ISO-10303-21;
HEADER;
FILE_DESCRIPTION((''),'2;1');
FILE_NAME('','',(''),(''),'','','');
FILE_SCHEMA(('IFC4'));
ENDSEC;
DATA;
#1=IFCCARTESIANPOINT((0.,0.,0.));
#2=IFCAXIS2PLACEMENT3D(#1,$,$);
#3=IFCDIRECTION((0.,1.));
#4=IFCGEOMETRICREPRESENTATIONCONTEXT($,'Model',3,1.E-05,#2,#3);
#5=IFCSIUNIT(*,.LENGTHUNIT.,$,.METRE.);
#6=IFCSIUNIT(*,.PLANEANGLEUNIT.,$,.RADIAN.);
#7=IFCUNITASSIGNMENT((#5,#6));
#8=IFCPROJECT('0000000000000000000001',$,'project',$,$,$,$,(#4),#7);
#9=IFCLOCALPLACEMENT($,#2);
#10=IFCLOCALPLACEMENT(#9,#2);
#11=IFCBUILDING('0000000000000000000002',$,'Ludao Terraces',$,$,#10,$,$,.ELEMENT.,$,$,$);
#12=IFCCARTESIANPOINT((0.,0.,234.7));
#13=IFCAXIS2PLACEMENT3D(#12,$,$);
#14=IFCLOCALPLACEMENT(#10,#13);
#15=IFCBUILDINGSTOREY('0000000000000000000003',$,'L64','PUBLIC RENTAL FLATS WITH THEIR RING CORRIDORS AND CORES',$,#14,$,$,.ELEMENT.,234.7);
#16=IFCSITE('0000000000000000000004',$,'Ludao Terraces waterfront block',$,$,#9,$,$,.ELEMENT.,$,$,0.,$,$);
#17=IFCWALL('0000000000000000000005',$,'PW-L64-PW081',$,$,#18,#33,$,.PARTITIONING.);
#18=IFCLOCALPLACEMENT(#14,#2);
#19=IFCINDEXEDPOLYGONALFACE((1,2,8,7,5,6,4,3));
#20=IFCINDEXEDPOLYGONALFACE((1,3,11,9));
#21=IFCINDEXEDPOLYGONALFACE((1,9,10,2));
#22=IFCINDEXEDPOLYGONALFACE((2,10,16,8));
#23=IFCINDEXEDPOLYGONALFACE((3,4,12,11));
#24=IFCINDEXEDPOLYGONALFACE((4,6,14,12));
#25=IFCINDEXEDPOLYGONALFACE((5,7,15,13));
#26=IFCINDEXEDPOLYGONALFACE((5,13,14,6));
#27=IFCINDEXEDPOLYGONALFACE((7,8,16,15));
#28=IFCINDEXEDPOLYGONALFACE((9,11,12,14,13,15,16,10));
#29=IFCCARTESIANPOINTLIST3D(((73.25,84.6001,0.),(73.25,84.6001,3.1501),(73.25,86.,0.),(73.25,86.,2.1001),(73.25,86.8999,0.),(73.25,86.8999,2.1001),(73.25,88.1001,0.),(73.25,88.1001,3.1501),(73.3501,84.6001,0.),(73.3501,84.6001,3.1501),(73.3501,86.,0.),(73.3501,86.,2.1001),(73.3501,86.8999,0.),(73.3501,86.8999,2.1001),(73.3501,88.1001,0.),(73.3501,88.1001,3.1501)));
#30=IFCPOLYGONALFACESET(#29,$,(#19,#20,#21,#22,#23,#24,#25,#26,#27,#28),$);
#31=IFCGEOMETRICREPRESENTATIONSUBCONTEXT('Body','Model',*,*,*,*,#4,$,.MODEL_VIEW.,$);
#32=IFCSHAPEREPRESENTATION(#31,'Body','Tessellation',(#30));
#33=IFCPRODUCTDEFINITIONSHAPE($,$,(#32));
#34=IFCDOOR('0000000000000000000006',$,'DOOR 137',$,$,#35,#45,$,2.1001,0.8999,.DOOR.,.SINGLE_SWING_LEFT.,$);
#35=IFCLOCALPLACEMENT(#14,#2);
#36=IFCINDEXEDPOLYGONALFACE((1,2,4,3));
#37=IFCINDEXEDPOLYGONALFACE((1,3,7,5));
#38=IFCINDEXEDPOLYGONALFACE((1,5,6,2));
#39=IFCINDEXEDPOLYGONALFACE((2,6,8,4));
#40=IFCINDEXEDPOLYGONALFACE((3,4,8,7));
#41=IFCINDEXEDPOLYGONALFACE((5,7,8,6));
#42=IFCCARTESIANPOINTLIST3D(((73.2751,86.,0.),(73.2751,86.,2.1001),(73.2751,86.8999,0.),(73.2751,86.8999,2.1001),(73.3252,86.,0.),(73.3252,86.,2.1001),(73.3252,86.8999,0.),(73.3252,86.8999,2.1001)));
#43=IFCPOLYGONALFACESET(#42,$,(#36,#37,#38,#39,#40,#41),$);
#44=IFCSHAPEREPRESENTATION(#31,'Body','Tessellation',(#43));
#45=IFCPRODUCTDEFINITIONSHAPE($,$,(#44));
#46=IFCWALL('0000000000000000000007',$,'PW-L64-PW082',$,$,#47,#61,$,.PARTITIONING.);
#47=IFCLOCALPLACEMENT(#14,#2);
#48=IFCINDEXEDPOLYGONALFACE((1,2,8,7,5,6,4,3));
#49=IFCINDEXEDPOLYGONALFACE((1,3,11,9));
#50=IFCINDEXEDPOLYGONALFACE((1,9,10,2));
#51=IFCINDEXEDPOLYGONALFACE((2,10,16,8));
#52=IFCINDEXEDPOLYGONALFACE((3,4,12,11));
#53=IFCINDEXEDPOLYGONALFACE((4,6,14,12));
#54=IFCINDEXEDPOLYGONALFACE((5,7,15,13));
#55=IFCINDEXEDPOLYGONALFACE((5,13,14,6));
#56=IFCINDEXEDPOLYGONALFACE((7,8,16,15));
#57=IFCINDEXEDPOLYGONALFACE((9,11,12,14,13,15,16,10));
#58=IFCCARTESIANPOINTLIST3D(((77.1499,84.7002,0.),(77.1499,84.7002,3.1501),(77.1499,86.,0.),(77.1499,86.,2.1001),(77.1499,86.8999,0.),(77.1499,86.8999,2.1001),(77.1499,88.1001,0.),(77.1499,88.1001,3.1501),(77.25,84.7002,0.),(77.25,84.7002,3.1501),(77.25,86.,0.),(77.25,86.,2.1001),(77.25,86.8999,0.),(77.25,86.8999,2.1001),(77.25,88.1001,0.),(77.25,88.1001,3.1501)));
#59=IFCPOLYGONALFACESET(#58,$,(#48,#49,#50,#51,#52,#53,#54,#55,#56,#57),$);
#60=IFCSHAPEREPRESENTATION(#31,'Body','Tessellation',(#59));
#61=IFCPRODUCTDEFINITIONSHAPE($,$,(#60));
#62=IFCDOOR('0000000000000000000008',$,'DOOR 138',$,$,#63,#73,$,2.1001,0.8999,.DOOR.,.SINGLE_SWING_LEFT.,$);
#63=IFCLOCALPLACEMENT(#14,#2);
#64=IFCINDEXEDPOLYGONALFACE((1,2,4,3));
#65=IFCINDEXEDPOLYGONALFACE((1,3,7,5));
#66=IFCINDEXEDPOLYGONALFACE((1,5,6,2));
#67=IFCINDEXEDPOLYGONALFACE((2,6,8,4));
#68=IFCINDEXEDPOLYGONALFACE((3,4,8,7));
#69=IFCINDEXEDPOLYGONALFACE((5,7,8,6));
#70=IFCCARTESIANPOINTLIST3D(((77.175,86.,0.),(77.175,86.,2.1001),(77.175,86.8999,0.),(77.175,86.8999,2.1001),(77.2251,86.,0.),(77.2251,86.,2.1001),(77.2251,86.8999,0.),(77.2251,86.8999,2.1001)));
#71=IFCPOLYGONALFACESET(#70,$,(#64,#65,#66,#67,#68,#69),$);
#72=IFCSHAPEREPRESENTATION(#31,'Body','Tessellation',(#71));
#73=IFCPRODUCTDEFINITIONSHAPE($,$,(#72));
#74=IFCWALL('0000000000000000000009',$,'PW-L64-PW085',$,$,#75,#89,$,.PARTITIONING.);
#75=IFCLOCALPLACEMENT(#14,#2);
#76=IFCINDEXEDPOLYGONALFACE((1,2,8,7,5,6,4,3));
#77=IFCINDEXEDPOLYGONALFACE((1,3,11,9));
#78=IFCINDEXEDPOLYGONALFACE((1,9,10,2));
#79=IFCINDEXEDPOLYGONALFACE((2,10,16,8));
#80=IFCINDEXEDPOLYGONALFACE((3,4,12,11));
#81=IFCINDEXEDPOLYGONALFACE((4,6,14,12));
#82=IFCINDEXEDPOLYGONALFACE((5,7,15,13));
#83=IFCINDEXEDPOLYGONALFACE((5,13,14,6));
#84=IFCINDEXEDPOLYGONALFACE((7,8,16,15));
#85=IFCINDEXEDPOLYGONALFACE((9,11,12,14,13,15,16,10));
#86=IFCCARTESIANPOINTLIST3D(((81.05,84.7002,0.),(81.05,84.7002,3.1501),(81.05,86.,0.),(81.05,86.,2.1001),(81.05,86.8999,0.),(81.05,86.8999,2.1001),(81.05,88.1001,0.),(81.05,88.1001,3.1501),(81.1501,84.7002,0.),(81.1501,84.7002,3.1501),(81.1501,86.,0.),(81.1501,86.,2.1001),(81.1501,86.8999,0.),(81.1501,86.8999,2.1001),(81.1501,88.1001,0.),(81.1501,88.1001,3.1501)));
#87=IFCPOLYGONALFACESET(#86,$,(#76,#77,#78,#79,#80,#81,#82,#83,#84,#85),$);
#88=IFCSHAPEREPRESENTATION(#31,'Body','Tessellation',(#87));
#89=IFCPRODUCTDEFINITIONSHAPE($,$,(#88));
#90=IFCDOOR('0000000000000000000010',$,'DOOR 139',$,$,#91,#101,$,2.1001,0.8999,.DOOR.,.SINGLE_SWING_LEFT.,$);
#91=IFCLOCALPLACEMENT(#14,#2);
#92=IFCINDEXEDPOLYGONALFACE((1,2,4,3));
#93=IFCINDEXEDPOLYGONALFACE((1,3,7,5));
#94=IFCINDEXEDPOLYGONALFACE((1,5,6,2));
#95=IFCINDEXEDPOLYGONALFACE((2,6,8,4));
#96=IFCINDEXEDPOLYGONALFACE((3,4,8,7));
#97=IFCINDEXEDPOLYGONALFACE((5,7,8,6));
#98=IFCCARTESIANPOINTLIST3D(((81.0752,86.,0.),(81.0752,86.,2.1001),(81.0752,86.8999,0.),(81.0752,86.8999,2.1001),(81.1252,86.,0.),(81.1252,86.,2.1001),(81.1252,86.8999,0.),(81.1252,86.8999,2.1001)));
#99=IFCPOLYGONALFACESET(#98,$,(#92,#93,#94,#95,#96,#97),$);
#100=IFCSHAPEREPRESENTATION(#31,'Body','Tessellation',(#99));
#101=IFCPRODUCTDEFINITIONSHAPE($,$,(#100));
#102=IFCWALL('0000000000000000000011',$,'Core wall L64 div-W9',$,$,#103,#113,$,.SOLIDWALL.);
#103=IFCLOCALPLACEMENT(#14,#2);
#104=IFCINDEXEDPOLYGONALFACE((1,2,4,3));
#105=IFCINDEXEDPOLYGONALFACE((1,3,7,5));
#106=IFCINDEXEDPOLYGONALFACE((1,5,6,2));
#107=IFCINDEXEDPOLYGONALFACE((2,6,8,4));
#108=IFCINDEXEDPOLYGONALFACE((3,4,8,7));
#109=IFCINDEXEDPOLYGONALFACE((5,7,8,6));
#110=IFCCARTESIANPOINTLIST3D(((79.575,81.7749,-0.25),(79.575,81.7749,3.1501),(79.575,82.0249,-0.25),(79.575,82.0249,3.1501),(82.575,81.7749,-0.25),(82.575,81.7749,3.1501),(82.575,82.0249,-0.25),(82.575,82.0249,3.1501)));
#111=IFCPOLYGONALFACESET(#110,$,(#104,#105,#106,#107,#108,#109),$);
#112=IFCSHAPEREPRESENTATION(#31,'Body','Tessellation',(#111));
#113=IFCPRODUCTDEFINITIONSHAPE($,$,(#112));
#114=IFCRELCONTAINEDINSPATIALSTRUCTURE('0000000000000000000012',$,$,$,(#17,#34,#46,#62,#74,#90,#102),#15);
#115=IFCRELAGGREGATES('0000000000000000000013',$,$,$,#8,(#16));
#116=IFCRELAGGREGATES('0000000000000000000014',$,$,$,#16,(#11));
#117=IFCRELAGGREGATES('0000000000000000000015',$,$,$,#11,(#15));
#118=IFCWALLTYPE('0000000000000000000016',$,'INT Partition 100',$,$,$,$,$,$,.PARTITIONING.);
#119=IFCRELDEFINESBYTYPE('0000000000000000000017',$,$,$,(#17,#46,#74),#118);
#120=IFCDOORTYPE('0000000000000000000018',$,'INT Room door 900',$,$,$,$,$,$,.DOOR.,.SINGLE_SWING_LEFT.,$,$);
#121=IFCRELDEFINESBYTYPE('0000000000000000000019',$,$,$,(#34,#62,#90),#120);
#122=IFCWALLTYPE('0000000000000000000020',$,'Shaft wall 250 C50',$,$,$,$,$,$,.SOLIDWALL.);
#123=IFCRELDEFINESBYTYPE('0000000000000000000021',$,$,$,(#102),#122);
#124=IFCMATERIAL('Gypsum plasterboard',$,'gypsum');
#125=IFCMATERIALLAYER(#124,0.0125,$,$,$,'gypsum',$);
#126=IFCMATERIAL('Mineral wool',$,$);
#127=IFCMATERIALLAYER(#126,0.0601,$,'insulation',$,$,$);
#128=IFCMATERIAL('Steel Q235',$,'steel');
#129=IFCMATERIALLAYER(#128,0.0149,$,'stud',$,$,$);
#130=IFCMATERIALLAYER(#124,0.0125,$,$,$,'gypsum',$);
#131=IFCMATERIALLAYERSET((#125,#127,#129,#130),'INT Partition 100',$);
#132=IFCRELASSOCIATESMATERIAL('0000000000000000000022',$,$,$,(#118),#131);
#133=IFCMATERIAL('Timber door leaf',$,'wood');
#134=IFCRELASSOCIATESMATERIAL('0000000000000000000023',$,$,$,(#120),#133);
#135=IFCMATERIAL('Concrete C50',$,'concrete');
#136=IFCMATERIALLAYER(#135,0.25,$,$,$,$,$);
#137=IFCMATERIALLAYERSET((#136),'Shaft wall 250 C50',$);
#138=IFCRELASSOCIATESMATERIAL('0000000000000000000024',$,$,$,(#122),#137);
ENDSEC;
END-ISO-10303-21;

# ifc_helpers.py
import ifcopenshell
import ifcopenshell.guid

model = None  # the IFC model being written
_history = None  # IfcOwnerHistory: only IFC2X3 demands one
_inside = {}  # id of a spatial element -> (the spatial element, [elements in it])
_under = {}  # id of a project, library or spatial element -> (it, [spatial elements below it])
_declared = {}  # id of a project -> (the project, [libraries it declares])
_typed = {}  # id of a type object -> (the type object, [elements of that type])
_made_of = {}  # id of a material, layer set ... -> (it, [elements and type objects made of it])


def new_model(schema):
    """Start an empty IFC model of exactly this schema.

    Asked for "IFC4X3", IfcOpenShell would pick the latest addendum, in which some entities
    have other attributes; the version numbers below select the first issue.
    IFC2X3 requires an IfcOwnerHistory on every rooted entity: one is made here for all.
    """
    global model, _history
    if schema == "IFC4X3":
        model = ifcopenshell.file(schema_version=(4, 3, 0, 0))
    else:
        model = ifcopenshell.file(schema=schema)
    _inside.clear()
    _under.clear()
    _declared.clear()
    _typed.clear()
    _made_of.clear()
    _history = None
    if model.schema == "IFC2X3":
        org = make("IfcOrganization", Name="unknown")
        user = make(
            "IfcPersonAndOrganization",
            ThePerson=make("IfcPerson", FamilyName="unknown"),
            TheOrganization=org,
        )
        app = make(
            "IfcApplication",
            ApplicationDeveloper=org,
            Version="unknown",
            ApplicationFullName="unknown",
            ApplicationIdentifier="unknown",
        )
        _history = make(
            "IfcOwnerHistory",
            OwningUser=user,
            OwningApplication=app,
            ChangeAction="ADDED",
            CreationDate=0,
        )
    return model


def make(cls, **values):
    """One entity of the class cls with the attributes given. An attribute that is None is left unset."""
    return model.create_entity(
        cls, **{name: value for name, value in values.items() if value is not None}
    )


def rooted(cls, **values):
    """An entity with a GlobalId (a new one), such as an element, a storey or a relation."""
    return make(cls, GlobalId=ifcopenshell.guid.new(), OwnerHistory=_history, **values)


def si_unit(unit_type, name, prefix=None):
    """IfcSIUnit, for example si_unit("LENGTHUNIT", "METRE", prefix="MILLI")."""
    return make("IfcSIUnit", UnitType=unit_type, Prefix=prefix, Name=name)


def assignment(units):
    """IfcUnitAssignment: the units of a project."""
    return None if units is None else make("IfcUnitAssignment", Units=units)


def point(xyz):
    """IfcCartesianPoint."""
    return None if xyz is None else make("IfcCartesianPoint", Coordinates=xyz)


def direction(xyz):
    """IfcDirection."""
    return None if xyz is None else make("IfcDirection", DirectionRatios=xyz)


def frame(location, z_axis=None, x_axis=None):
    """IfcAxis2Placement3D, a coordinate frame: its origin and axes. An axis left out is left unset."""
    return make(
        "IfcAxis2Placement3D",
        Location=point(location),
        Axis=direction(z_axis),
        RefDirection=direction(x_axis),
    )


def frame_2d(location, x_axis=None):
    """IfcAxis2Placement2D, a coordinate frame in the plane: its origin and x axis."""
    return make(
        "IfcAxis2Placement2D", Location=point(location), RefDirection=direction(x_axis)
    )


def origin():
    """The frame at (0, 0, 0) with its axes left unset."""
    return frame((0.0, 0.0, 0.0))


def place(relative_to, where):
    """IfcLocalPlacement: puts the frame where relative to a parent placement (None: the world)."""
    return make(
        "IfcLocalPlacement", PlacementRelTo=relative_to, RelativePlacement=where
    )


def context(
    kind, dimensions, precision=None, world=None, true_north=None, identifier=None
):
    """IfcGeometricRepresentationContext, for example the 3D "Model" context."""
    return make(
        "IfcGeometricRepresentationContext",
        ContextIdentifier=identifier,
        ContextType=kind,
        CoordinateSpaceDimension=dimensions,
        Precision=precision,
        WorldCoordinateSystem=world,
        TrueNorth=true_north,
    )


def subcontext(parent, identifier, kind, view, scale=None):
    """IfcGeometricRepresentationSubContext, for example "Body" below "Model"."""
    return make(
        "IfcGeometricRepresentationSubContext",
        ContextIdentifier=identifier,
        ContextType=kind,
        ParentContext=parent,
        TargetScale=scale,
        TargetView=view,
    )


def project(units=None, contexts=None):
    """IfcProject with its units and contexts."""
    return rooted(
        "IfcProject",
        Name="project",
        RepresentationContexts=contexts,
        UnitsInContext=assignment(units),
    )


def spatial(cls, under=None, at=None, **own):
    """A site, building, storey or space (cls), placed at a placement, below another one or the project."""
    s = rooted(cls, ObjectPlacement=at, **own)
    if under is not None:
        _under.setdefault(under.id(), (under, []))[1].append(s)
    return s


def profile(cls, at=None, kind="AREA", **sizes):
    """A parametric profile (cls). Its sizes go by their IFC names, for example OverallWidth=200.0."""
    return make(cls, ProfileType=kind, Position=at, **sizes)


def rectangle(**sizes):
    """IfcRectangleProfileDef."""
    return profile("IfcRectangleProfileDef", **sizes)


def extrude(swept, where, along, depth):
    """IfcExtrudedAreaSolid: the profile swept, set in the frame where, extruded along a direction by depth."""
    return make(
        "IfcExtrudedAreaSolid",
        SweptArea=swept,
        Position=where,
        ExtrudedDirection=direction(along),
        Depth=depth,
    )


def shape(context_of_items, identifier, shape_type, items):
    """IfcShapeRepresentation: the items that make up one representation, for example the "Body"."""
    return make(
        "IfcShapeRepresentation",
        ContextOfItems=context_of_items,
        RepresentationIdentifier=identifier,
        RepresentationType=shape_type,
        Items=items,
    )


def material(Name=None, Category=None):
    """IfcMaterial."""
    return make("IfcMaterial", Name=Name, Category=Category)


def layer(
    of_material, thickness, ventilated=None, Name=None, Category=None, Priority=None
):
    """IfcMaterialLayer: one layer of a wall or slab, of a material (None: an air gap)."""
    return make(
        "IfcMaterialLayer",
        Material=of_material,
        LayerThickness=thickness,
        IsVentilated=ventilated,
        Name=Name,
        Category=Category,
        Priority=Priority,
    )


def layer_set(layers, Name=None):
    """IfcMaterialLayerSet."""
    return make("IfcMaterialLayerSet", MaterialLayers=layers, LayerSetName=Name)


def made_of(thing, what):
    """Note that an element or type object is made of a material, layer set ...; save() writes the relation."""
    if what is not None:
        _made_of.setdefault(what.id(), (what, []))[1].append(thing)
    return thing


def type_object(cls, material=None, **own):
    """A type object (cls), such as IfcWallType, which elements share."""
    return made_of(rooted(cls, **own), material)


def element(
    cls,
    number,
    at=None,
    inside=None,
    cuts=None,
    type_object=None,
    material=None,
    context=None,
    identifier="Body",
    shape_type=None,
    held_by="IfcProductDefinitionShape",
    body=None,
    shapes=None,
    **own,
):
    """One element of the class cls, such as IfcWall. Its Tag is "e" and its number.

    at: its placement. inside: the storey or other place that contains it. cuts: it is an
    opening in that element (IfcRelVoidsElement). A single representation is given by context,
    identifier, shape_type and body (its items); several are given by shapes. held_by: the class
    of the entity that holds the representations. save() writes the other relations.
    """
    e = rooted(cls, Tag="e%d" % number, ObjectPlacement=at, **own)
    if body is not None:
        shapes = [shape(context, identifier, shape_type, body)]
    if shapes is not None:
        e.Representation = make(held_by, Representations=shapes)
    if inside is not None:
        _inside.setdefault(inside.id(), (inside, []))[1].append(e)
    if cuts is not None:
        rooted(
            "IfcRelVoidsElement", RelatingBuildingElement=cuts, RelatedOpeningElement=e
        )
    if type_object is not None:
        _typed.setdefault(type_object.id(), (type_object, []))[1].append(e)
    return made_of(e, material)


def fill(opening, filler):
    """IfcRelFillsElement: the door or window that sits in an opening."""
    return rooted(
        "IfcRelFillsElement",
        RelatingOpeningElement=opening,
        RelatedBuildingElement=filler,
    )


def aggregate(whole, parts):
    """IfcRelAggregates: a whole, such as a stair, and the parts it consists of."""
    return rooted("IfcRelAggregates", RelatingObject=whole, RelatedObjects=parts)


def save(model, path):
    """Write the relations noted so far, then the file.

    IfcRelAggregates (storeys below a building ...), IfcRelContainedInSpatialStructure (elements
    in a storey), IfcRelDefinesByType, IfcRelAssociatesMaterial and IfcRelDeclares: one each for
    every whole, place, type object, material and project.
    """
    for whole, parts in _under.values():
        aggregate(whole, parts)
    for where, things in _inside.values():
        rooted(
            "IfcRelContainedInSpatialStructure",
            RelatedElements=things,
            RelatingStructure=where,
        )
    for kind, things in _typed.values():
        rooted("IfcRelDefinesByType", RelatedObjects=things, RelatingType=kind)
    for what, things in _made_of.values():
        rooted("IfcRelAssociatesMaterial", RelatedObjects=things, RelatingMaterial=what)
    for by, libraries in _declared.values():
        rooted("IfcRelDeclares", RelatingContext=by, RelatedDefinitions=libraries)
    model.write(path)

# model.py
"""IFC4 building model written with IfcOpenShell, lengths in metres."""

from ifc_helpers import new_model, si_unit, direction, frame, frame_2d, origin, place, context, subcontext, project, spatial, rectangle, extrude, material, layer, layer_set, type_object, element, fill, save


model = new_model("IFC4")

# Units and contexts
model_context = context("Model", 3, precision=1e-05, world=origin(), true_north=direction((0.0, 1.0)))
body_context = subcontext(model_context, "Body", "Model", "MODEL_VIEW")
ifc_project = project(units=[si_unit("LENGTHUNIT", "METRE"), si_unit("PLANEANGLEUNIT", "RADIAN")], contexts=[model_context])

# Site, building, storey
site_placement = place(None, origin())
site = spatial("IfcSite", under=ifc_project, at=site_placement, Name="Ludao Terraces waterfront block", CompositionType="ELEMENT", RefElevation=0.0)
building_placement = place(site_placement, origin())
building = spatial("IfcBuilding", under=site, at=building_placement, Name="Ludao Terraces", CompositionType="ELEMENT")
storey_placement = place(building_placement, frame((0.0, 0.0, 234.7)))
storey = spatial("IfcBuildingStorey", under=building, at=storey_placement, Name="L64", Description="PUBLIC RENTAL FLATS WITH THEIR RING CORRIDORS AND CORES", CompositionType="ELEMENT", Elevation=234.7)

# Shared definitions
ifc_material_1 = material(Name="Concrete C50", Category="concrete")

# Shared definitions
ifc_material_2 = material(Name="Mineral wool")

# Walls, openings, doors
ifc_material_3 = material(Name="Gypsum plasterboard", Category="gypsum")
ifc_layer_1 = layer(ifc_material_3, 0.0125, Category="gypsum")
ifc_layer_2 = layer(ifc_material_2, 0.0601, Name="insulation")
ifc_material_4 = material(Name="Steel Q235", Category="steel")
ifc_layer_3 = layer(ifc_material_4, 0.0149, Name="stud")
ifc_layer_4 = layer(ifc_material_3, 0.0125, Category="gypsum")
ifc_layer_set_1 = layer_set([ifc_layer_1, ifc_layer_2, ifc_layer_3, ifc_layer_4], Name="INT Partition 100")
wall_type_1 = type_object("IfcWallType", Name="INT Partition 100", PredefinedType="PARTITIONING", material=ifc_layer_set_1)
wall_1_placement = place(storey_placement, frame((73.3, 84.6001, 0.0), z_axis=(0.0, 0.0, 1.0), x_axis=(0.0, 1.0, 0.0)))
wall_1 = element("IfcWall", 1, at=wall_1_placement, inside=storey, type_object=wall_type_1, Name="PW-L64-PW081", PredefinedType="PARTITIONING", context=body_context, shape_type="SweptSolid", body=[
    extrude(rectangle(XDim=3.5, YDim=0.1001, at=frame_2d((1.75, 0.0))), origin(), (0.0, 0.0, 1.0), 3.1501),
])
opening_1_placement = place(wall_1_placement, frame((1.3999, 0.0, 0.0)))
opening_1 = element("IfcOpeningElement", 2, at=opening_1_placement, cuts=wall_1, PredefinedType="OPENING", context=body_context, shape_type="SweptSolid", body=[
    extrude(rectangle(XDim=0.8999, YDim=2.1001, at=frame_2d((0.45, 1.05))), frame((0.0, 0.0601, 0.0), z_axis=(0.0, -1.0, 0.0), x_axis=(1.0, 0.0, 0.0)), (0.0, 0.0, 1.0), 0.1201),
])
ifc_material_5 = material(Name="Timber door leaf", Category="wood")
door_type = type_object("IfcDoorType", Name="INT Room door 900", OperationType="SINGLE_SWING_LEFT", PredefinedType="DOOR", material=ifc_material_5)
door_1_placement = place(opening_1_placement, origin())
door_1 = element("IfcDoor", 3, at=door_1_placement, inside=storey, type_object=door_type, Name="DOOR 137", OperationType="SINGLE_SWING_LEFT", OverallHeight=2.1001, OverallWidth=0.8999, PredefinedType="DOOR", context=body_context, shape_type="SweptSolid", body=[
    extrude(rectangle(XDim=0.8999, YDim=2.1001, at=frame_2d((0.45, 1.05))), frame((0.0, 0.0249, 0.0), z_axis=(0.0, -1.0, 0.0), x_axis=(1.0, 0.0, 0.0)), (0.0, 0.0, 1.0), 0.05),
])
fill(opening_1, door_1)
wall_2_placement = place(storey_placement, frame((77.2, 84.7002, 0.0), z_axis=(0.0, 0.0, 1.0), x_axis=(0.0, 1.0, 0.0)))
wall_2 = element("IfcWall", 4, at=wall_2_placement, inside=storey, type_object=wall_type_1, Name="PW-L64-PW082", PredefinedType="PARTITIONING", context=body_context, shape_type="SweptSolid", body=[
    extrude(rectangle(XDim=3.3999, YDim=0.1001, at=frame_2d((1.7, 0.0))), origin(), (0.0, 0.0, 1.0), 3.1501),
])
opening_2_placement = place(wall_2_placement, frame((1.2998, 0.0, 0.0)))
opening_2 = element("IfcOpeningElement", 5, at=opening_2_placement, cuts=wall_2, PredefinedType="OPENING", context=body_context, shape_type="SweptSolid", body=[
    extrude(rectangle(XDim=0.8999, YDim=2.1001, at=frame_2d((0.45, 1.05))), frame((0.0, 0.0601, 0.0), z_axis=(0.0, -1.0, 0.0), x_axis=(1.0, 0.0, 0.0)), (0.0, 0.0, 1.0), 0.1201),
])
door_2_placement = place(opening_2_placement, origin())
door_2 = element("IfcDoor", 6, at=door_2_placement, inside=storey, type_object=door_type, Name="DOOR 138", OperationType="SINGLE_SWING_LEFT", OverallHeight=2.1001, OverallWidth=0.8999, PredefinedType="DOOR", context=body_context, shape_type="SweptSolid", body=[
    extrude(rectangle(XDim=0.8999, YDim=2.1001, at=frame_2d((0.45, 1.05))), frame((0.0, 0.0249, 0.0), z_axis=(0.0, -1.0, 0.0), x_axis=(1.0, 0.0, 0.0)), (0.0, 0.0, 1.0), 0.05),
])
fill(opening_2, door_2)
wall_3_placement = place(storey_placement, frame((81.1001, 84.7002, 0.0), z_axis=(0.0, 0.0, 1.0), x_axis=(0.0, 1.0, 0.0)))
wall_3 = element("IfcWall", 7, at=wall_3_placement, inside=storey, type_object=wall_type_1, Name="PW-L64-PW085", PredefinedType="PARTITIONING", context=body_context, shape_type="SweptSolid", body=[
    extrude(rectangle(XDim=3.3999, YDim=0.1001, at=frame_2d((1.7, 0.0))), origin(), (0.0, 0.0, 1.0), 3.1501),
])
opening_3_placement = place(wall_3_placement, frame((1.2998, 0.0, 0.0)))
opening_3 = element("IfcOpeningElement", 8, at=opening_3_placement, cuts=wall_3, PredefinedType="OPENING", context=body_context, shape_type="SweptSolid", body=[
    extrude(rectangle(XDim=0.8999, YDim=2.1001, at=frame_2d((0.45, 1.05))), frame((0.0, 0.0601, 0.0), z_axis=(0.0, -1.0, 0.0), x_axis=(1.0, 0.0, 0.0)), (0.0, 0.0, 1.0), 0.1201),
])
door_3_placement = place(opening_3_placement, origin())
door_3 = element("IfcDoor", 9, at=door_3_placement, inside=storey, type_object=door_type, Name="DOOR 139", OperationType="SINGLE_SWING_LEFT", OverallHeight=2.1001, OverallWidth=0.8999, PredefinedType="DOOR", context=body_context, shape_type="SweptSolid", body=[
    extrude(rectangle(XDim=0.8999, YDim=2.1001, at=frame_2d((0.45, 1.05))), frame((0.0, 0.0249, 0.0), z_axis=(0.0, -1.0, 0.0), x_axis=(1.0, 0.0, 0.0)), (0.0, 0.0, 1.0), 0.05),
])
fill(opening_3, door_3)

# Wall
ifc_layer_5 = layer(ifc_material_1, 0.25)
ifc_layer_set_2 = layer_set([ifc_layer_5], Name="Shaft wall 250 C50")
wall_type_2 = type_object("IfcWallType", Name="Shaft wall 250 C50", PredefinedType="SOLIDWALL", material=ifc_layer_set_2)
wall_4_placement = place(storey_placement, frame((79.575, 81.8999, -0.25), z_axis=(0.0, 0.0, 1.0), x_axis=(1.0, 0.0, 0.0)))
element("IfcWall", 10, at=wall_4_placement, inside=storey, type_object=wall_type_2, Name="Core wall L64 div-W9", PredefinedType="SOLIDWALL", context=body_context, shape_type="SweptSolid", body=[
    extrude(rectangle(XDim=3.0, YDim=0.25, at=frame_2d((1.5, 0.0))), origin(), (0.0, 0.0, 1.0), 3.4001),
])

save(model, "model.ifc")
